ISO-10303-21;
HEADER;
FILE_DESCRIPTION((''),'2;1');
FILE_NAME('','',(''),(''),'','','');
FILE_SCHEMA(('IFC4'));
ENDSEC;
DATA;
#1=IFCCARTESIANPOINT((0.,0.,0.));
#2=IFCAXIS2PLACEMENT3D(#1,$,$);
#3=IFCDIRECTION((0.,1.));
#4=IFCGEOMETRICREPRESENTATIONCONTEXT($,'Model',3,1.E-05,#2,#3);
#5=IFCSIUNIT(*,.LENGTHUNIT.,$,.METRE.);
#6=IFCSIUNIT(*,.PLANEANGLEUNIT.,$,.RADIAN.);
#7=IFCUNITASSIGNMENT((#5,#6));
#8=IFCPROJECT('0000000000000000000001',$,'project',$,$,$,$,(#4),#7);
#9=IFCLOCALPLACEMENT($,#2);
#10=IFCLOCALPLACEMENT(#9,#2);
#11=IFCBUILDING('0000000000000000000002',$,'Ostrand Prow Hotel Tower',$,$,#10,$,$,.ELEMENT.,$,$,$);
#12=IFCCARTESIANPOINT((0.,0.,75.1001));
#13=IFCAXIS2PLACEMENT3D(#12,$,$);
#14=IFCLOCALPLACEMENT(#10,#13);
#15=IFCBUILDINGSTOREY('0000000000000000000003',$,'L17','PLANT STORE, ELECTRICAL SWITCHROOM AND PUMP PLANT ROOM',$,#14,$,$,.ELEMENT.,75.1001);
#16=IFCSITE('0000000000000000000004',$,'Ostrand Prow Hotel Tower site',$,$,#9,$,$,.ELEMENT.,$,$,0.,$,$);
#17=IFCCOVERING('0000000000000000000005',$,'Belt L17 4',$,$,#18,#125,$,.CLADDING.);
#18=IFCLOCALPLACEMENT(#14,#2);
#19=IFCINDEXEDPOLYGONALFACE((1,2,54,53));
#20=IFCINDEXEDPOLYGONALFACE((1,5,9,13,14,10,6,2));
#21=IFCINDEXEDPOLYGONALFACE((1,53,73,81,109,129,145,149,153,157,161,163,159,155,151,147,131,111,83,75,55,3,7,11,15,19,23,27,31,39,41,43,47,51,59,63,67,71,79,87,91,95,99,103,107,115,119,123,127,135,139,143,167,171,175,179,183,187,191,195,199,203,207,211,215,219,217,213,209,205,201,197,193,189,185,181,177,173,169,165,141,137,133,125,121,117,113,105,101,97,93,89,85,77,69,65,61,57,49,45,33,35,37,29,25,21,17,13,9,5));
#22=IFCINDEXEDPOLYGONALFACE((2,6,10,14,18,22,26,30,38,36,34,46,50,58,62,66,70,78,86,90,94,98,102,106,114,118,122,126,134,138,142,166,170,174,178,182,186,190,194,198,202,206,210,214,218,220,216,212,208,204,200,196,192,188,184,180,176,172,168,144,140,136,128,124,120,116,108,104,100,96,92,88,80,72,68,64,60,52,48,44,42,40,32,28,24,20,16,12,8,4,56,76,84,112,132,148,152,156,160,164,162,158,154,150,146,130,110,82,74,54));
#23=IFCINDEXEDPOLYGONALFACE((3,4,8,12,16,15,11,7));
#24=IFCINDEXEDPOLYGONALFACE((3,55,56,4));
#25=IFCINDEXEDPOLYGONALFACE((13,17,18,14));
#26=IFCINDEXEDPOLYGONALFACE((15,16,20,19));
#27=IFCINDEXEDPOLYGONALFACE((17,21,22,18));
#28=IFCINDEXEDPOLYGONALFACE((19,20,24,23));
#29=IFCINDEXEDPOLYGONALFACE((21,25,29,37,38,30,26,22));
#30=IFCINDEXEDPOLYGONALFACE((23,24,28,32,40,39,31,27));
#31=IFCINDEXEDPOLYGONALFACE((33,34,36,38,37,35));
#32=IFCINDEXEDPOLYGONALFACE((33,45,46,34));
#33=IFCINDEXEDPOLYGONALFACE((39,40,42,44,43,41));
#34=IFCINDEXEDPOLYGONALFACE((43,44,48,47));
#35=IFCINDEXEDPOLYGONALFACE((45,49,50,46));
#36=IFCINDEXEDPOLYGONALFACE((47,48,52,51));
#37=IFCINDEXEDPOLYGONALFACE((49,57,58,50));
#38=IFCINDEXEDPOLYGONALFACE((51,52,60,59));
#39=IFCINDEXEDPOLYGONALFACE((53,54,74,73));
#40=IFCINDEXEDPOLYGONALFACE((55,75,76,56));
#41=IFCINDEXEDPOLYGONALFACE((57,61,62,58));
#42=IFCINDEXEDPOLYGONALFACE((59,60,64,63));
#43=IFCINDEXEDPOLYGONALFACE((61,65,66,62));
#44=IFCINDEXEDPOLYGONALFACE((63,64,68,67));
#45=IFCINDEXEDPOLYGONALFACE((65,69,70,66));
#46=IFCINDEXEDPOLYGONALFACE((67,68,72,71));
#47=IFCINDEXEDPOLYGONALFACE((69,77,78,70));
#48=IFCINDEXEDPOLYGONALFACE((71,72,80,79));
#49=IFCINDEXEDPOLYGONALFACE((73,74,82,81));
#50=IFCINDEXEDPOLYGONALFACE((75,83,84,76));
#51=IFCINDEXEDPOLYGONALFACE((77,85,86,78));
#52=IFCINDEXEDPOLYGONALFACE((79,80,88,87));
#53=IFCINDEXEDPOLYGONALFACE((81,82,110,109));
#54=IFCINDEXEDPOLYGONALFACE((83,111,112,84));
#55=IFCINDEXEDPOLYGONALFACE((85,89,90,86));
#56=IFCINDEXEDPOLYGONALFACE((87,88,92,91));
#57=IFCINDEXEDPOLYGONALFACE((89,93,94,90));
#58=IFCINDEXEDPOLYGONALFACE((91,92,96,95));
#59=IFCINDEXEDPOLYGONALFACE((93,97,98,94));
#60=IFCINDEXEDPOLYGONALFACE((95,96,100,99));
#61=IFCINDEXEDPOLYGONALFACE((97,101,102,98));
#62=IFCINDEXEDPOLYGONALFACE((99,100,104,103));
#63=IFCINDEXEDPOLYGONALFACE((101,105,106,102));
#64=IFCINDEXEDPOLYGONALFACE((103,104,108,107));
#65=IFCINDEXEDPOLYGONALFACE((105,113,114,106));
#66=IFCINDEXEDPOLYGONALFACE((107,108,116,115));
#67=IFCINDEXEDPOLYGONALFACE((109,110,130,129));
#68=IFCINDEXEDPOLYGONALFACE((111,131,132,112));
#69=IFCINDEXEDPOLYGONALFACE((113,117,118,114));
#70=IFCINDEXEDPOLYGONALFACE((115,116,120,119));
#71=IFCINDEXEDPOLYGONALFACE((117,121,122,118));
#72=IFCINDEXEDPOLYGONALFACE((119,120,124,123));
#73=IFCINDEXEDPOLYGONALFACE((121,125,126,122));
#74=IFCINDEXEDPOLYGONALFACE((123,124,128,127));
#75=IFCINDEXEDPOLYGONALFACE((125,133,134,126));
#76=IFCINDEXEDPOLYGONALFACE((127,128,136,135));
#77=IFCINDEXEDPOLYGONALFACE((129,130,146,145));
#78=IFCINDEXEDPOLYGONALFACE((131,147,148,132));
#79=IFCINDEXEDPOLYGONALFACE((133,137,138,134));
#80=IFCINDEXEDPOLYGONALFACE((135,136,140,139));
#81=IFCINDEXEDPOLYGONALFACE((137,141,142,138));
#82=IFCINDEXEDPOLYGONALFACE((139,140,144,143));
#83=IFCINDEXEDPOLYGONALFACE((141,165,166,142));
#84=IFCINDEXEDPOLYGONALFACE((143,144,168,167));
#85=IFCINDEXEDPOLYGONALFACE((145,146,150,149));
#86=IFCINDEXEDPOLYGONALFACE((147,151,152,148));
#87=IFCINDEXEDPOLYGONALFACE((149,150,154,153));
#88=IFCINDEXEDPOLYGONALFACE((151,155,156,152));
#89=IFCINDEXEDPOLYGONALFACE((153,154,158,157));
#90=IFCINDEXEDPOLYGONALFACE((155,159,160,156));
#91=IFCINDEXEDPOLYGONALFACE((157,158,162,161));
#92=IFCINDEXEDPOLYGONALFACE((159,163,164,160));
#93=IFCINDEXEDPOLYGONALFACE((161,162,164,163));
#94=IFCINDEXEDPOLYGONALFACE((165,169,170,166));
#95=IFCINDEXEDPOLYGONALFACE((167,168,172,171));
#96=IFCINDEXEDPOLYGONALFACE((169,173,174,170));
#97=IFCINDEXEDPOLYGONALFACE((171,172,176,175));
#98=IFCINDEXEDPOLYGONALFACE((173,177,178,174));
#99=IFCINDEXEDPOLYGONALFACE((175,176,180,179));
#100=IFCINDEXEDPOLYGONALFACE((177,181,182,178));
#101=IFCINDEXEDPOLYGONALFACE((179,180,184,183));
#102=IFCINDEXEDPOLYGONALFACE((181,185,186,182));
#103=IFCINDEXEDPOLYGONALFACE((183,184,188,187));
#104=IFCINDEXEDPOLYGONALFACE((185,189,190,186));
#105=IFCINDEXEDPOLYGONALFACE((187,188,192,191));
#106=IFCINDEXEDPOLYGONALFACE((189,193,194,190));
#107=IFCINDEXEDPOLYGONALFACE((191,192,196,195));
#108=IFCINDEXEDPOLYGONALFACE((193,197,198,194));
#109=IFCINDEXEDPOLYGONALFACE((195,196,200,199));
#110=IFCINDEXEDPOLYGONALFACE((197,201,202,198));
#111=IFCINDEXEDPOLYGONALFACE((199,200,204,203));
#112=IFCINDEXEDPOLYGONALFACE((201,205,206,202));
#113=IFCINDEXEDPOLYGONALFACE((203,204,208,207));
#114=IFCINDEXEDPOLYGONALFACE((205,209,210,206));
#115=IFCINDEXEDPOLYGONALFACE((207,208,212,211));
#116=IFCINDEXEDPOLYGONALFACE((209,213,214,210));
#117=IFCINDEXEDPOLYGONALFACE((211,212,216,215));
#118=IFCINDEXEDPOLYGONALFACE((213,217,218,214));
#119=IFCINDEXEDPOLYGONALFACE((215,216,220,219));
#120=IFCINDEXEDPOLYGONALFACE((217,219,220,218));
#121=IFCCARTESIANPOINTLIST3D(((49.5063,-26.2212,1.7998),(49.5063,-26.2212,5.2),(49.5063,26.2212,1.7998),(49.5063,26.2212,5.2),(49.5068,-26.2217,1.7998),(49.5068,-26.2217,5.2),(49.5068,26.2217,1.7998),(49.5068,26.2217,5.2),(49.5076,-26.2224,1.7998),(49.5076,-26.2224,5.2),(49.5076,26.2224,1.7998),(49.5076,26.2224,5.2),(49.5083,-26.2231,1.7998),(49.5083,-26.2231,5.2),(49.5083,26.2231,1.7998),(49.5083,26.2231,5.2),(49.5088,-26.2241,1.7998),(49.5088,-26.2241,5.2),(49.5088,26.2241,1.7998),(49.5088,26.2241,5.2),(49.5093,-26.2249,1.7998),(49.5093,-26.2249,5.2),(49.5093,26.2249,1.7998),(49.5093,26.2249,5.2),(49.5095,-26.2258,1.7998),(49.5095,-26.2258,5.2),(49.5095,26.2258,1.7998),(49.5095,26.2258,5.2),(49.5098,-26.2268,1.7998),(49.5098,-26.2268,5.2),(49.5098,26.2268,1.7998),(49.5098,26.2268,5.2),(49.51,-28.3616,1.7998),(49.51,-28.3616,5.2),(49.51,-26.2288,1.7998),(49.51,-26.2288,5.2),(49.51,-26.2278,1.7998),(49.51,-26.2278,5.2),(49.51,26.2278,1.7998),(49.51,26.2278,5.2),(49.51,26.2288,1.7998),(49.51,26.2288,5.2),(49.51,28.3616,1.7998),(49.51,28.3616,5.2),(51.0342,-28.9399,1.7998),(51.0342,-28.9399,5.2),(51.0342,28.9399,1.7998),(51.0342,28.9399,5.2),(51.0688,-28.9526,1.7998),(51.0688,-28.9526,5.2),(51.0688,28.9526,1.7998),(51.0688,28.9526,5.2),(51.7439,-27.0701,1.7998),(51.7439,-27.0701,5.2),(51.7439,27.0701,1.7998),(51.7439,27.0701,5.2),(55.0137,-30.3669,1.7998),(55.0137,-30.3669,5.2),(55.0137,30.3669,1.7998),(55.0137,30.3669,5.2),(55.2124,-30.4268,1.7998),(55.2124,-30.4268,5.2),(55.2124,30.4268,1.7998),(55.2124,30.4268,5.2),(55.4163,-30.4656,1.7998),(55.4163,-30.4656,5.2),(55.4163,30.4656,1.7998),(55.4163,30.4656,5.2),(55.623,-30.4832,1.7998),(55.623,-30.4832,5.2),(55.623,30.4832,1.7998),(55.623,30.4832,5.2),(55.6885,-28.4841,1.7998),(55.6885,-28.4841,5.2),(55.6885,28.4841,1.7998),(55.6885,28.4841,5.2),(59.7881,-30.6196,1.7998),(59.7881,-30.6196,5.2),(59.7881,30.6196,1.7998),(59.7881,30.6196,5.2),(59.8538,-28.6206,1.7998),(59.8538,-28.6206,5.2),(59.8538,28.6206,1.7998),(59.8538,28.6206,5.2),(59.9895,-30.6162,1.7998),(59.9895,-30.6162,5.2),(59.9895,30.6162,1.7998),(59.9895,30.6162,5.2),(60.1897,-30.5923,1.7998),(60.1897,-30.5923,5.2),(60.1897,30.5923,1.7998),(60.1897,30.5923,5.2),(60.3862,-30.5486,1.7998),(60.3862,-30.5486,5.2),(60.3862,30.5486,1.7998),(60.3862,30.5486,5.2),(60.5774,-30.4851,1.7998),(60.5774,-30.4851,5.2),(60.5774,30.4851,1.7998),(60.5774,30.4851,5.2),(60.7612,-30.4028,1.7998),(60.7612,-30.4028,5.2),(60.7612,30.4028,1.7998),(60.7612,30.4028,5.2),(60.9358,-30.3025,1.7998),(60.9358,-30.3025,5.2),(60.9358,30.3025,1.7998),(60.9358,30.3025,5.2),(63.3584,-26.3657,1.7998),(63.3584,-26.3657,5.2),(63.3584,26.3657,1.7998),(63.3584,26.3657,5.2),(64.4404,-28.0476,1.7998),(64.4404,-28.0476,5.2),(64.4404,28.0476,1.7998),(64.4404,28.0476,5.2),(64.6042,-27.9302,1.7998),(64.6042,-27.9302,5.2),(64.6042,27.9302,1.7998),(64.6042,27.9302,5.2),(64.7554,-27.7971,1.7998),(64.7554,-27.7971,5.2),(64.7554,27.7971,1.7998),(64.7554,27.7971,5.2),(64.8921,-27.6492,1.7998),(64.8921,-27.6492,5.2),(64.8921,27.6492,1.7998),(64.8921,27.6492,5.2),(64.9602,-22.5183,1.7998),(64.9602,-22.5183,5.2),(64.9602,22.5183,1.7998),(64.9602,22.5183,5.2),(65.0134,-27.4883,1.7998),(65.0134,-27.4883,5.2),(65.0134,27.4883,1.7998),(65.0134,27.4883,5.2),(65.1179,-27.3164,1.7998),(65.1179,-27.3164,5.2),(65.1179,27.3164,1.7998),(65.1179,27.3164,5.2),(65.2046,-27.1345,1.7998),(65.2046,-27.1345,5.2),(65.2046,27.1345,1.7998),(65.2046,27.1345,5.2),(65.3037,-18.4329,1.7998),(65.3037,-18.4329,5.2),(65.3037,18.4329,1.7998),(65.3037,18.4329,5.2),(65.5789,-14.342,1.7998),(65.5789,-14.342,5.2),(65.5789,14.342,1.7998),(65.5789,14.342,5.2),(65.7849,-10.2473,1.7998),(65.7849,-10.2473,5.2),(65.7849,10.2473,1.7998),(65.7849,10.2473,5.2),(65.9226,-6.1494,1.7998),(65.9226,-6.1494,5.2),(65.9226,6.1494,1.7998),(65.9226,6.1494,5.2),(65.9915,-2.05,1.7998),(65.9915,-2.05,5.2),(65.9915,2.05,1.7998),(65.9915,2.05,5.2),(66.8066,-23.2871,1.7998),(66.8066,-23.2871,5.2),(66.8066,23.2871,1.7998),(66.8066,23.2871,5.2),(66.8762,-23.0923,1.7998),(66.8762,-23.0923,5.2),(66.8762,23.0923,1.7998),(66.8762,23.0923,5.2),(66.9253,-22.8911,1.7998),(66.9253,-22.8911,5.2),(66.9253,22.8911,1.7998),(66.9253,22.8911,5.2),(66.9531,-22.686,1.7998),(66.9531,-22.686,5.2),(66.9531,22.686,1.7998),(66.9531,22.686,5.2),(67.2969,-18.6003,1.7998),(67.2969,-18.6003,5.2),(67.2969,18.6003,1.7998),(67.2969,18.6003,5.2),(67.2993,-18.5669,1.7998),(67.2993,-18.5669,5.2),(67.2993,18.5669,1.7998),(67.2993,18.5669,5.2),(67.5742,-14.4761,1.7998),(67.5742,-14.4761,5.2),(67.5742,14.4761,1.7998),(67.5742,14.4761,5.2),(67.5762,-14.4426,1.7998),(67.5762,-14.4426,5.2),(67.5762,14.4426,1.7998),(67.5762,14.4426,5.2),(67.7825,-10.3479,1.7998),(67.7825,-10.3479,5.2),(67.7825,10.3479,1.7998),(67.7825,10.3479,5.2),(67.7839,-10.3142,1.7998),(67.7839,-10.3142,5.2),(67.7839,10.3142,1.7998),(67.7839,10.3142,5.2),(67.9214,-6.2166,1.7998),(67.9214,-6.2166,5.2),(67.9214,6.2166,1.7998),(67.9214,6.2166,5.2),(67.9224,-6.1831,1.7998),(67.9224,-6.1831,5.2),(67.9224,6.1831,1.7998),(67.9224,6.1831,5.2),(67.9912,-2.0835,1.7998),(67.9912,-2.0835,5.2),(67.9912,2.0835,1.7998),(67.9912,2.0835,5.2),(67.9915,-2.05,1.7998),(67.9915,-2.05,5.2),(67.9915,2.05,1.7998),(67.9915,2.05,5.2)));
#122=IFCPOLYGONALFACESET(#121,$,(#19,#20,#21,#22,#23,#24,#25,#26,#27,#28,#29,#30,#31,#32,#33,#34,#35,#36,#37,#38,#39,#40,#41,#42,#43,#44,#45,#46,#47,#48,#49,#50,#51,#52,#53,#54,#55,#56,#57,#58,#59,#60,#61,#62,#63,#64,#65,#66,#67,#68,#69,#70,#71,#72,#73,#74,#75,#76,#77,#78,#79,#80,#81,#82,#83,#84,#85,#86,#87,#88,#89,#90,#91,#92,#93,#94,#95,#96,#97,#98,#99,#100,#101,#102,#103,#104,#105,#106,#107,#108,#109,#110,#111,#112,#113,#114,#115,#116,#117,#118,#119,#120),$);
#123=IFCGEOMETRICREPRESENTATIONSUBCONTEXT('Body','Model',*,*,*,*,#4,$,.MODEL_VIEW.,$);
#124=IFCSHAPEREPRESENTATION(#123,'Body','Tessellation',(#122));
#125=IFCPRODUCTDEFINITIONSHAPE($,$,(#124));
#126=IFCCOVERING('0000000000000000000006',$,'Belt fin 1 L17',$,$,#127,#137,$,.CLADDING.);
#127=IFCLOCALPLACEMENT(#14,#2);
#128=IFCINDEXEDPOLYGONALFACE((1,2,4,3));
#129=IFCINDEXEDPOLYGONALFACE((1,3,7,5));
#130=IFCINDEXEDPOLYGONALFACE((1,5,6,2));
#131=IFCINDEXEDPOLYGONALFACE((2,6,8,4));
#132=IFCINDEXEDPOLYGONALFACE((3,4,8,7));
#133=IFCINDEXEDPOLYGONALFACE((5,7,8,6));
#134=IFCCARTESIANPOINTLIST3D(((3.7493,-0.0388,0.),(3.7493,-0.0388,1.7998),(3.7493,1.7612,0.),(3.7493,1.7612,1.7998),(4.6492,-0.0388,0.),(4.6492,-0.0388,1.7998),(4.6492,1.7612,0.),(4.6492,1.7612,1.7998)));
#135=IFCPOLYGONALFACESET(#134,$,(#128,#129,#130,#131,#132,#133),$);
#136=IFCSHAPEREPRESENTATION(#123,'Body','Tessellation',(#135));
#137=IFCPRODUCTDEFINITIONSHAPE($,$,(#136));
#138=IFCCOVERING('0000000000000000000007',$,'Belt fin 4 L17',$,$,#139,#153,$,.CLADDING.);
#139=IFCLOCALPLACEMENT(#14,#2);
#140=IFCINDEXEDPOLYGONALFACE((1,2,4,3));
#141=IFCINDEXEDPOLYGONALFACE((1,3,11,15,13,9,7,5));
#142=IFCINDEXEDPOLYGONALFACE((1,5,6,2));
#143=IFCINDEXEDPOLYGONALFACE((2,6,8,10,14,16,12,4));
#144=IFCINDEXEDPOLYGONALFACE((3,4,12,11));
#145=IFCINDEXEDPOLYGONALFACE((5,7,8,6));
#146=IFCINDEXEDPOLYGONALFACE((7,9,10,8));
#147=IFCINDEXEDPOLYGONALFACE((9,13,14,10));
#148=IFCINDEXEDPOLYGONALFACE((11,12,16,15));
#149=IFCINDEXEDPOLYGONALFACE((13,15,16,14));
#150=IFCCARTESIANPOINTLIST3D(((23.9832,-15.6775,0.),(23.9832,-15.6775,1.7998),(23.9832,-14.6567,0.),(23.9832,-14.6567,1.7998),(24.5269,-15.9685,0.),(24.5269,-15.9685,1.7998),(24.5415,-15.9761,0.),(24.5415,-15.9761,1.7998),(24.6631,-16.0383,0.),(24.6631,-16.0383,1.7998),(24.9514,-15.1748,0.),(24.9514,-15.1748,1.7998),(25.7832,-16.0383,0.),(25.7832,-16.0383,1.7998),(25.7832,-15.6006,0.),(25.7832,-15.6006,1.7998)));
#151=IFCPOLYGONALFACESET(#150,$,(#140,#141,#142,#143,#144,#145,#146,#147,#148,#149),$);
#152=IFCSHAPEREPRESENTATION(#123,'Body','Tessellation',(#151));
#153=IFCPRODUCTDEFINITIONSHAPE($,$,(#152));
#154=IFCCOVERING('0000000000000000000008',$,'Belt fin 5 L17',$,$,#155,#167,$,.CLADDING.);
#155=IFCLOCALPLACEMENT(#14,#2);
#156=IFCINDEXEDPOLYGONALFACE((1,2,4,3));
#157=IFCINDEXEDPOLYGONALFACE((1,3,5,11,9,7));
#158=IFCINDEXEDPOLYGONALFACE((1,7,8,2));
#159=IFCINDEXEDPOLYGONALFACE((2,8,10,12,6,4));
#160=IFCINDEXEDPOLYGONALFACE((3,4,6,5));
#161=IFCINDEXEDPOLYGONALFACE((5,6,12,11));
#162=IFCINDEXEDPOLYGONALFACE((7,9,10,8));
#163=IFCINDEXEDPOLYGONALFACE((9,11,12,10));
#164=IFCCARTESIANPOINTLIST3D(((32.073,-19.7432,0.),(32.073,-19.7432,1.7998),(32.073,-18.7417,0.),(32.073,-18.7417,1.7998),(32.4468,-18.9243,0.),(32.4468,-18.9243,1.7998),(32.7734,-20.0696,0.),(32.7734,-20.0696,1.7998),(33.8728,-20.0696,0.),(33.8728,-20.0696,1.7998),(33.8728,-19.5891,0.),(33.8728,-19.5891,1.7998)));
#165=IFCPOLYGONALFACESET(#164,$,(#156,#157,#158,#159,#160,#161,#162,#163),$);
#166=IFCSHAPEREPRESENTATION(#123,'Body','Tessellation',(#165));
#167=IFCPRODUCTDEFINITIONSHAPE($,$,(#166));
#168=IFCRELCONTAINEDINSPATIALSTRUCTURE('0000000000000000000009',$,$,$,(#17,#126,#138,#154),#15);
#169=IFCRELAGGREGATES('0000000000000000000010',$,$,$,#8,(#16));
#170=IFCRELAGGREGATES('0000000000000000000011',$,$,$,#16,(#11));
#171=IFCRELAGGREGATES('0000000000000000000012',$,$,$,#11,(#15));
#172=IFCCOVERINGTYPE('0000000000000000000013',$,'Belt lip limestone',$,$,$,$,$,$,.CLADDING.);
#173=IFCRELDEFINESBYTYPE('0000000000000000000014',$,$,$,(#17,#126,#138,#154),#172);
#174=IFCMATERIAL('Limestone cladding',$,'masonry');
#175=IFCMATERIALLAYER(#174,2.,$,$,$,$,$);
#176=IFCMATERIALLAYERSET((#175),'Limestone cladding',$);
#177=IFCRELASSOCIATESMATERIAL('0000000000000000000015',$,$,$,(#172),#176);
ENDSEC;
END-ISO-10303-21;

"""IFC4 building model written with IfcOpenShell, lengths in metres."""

from ifc_helpers import new_model, si_unit, direction, frame, origin, place, context, subcontext, project, spatial, polyline, outline, extrude, material, layer, layer_set, type_object, element, save


model = new_model("IFC4")

# Units and contexts
model_context = context("Model", 3, precision=1e-05, world=origin(), true_north=direction((0.0, 1.0)))
body_context = subcontext(model_context, "Body", "Model", "MODEL_VIEW")
ifc_project = project(units=[si_unit("LENGTHUNIT", "METRE"), si_unit("PLANEANGLEUNIT", "RADIAN")], contexts=[model_context])

# Site, building, storey
site_placement = place(None, origin())
site = spatial("IfcSite", under=ifc_project, at=site_placement, Name="Ostrand Prow Hotel Tower site", CompositionType="ELEMENT", RefElevation=0.0)
building_placement = place(site_placement, origin())
building = spatial("IfcBuilding", under=site, at=building_placement, Name="Ostrand Prow Hotel Tower", CompositionType="ELEMENT")
storey_placement = place(building_placement, frame((0.0, 0.0, 75.1001)))
storey = spatial("IfcBuildingStorey", under=building, at=storey_placement, Name="L17", Description="PLANT STORE, ELECTRICAL SWITCHROOM AND PUMP PLANT ROOM", CompositionType="ELEMENT", Elevation=75.1001)

# Coverings
ifc_material_1 = material(Name="Limestone cladding", Category="masonry")
ifc_layer_1 = layer(ifc_material_1, 2.0)
ifc_layer_set_1 = layer_set([ifc_layer_1], Name="Limestone cladding")
covering_type_1 = type_object("IfcCoveringType", Name="Belt lip limestone", PredefinedType="CLADDING", material=ifc_layer_set_1)
covering_1_placement = place(storey_placement, frame((0.0, 0.0, 1.7998)))
element("IfcCovering", 1, at=covering_1_placement, inside=storey, type_object=covering_type_1, Name="Belt L17 4", PredefinedType="CLADDING", context=body_context, shape_type="SweptSolid", body=[
    extrude(outline(polyline([(51.0342, 28.9399), (49.51, 28.3616), (49.51, 26.2288), (49.51, 26.2278), (49.5098, 26.2268), (49.5095, 26.2258), (49.5093, 26.2249), (49.5088, 26.2241), (49.5083, 26.2231), (49.5076, 26.2224), (49.5068, 26.2217), (49.5063, 26.2212), (51.7439, 27.0701), (55.6885, 28.4841), (59.8538, 28.6206), (63.3584, 26.3657), (64.9602, 22.5183), (65.3037, 18.4329), (65.5789, 14.342), (65.7849, 10.2473), (65.9226, 6.1494), (65.9915, 2.05), (65.9915, -2.05), (65.9226, -6.1494), (65.7849, -10.2473), (65.5789, -14.342), (65.3037, -18.4329), (64.9602, -22.5183), (63.3584, -26.3657), (59.8538, -28.6206), (55.6885, -28.4841), (51.7439, -27.0701), (49.5063, -26.2212), (49.5068, -26.2217), (49.5076, -26.2224), (49.5083, -26.2231), (49.5088, -26.2241), (49.5093, -26.2249), (49.5095, -26.2258), (49.5098, -26.2268), (49.51, -26.2278), (49.51, -26.2288), (49.51, -28.3616), (51.0342, -28.9399), (51.0688, -28.9526), (55.0137, -30.3669), (55.2124, -30.4268), (55.4163, -30.4656), (55.623, -30.4832), (59.7881, -30.6196), (59.9895, -30.6162), (60.1897, -30.5923), (60.3862, -30.5486), (60.5774, -30.4851), (60.7612, -30.4028), (60.9358, -30.3025), (64.4404, -28.0476), (64.6042, -27.9302), (64.7554, -27.7971), (64.8921, -27.6492), (65.0134, -27.4883), (65.1179, -27.3164), (65.2046, -27.1345), (66.8066, -23.2871), (66.8762, -23.0923), (66.9253, -22.8911), (66.9531, -22.686), (67.2969, -18.6003), (67.2993, -18.5669), (67.5742, -14.4761), (67.5762, -14.4426), (67.7825, -10.3479), (67.7839, -10.3142), (67.9214, -6.2166), (67.9224, -6.1831), (67.9912, -2.0835), (67.9915, -2.05), (67.9915, 2.05), (67.9912, 2.0835), (67.9224, 6.1831), (67.9214, 6.2166), (67.7839, 10.3142), (67.7825, 10.3479), (67.5762, 14.4426), (67.5742, 14.4761), (67.2993, 18.5669), (67.2969, 18.6003), (66.9531, 22.686), (66.9253, 22.8911), (66.8762, 23.0923), (66.8066, 23.2871), (65.2046, 27.1345), (65.1179, 27.3164), (65.0134, 27.4883), (64.8921, 27.6492), (64.7554, 27.7971), (64.6042, 27.9302), (64.4404, 28.0476), (60.9358, 30.3025), (60.7612, 30.4028), (60.5774, 30.4851), (60.3862, 30.5486), (60.1897, 30.5923), (59.9895, 30.6162), (59.7881, 30.6196), (55.623, 30.4832), (55.4163, 30.4656), (55.2124, 30.4268), (55.0137, 30.3669), (51.0688, 28.9526), (51.0342, 28.9399)])), origin(), (0.0, 0.0, 1.0), 3.4001),
])
covering_2_placement = place(storey_placement, origin())
element("IfcCovering", 2, at=covering_2_placement, inside=storey, type_object=covering_type_1, Name="Belt fin 1 L17", PredefinedType="CLADDING", context=body_context, shape_type="SweptSolid", body=[
    extrude(outline(polyline([(4.6492, -0.0388), (4.6492, 1.7612), (3.7493, 1.7612), (3.7493, -0.0388), (4.6492, -0.0388)])), origin(), (0.0, 0.0, 1.0), 1.7998),
])
covering_3_placement = place(storey_placement, origin())
element("IfcCovering", 3, at=covering_3_placement, inside=storey, type_object=covering_type_1, Name="Belt fin 4 L17", PredefinedType="CLADDING", context=body_context, shape_type="SweptSolid", body=[
    extrude(outline(polyline([(24.5415, -15.9761), (24.6631, -16.0383), (25.7832, -16.0383), (25.7832, -15.6006), (24.9514, -15.1748), (23.9832, -14.6567), (23.9832, -15.6775), (24.5269, -15.9685), (24.5415, -15.9761)])), origin(), (0.0, 0.0, 1.0), 1.7998),
])
covering_4_placement = place(storey_placement, origin())
element("IfcCovering", 4, at=covering_4_placement, inside=storey, type_object=covering_type_1, Name="Belt fin 5 L17", PredefinedType="CLADDING", context=body_context, shape_type="SweptSolid", body=[
    extrude(outline(polyline([(32.073, -19.7432), (32.7734, -20.0696), (33.8728, -20.0696), (33.8728, -19.5891), (32.4468, -18.9243), (32.073, -18.7417), (32.073, -19.7432)])), origin(), (0.0, 0.0, 1.0), 1.7998),
])

save(model, "model.ifc")
